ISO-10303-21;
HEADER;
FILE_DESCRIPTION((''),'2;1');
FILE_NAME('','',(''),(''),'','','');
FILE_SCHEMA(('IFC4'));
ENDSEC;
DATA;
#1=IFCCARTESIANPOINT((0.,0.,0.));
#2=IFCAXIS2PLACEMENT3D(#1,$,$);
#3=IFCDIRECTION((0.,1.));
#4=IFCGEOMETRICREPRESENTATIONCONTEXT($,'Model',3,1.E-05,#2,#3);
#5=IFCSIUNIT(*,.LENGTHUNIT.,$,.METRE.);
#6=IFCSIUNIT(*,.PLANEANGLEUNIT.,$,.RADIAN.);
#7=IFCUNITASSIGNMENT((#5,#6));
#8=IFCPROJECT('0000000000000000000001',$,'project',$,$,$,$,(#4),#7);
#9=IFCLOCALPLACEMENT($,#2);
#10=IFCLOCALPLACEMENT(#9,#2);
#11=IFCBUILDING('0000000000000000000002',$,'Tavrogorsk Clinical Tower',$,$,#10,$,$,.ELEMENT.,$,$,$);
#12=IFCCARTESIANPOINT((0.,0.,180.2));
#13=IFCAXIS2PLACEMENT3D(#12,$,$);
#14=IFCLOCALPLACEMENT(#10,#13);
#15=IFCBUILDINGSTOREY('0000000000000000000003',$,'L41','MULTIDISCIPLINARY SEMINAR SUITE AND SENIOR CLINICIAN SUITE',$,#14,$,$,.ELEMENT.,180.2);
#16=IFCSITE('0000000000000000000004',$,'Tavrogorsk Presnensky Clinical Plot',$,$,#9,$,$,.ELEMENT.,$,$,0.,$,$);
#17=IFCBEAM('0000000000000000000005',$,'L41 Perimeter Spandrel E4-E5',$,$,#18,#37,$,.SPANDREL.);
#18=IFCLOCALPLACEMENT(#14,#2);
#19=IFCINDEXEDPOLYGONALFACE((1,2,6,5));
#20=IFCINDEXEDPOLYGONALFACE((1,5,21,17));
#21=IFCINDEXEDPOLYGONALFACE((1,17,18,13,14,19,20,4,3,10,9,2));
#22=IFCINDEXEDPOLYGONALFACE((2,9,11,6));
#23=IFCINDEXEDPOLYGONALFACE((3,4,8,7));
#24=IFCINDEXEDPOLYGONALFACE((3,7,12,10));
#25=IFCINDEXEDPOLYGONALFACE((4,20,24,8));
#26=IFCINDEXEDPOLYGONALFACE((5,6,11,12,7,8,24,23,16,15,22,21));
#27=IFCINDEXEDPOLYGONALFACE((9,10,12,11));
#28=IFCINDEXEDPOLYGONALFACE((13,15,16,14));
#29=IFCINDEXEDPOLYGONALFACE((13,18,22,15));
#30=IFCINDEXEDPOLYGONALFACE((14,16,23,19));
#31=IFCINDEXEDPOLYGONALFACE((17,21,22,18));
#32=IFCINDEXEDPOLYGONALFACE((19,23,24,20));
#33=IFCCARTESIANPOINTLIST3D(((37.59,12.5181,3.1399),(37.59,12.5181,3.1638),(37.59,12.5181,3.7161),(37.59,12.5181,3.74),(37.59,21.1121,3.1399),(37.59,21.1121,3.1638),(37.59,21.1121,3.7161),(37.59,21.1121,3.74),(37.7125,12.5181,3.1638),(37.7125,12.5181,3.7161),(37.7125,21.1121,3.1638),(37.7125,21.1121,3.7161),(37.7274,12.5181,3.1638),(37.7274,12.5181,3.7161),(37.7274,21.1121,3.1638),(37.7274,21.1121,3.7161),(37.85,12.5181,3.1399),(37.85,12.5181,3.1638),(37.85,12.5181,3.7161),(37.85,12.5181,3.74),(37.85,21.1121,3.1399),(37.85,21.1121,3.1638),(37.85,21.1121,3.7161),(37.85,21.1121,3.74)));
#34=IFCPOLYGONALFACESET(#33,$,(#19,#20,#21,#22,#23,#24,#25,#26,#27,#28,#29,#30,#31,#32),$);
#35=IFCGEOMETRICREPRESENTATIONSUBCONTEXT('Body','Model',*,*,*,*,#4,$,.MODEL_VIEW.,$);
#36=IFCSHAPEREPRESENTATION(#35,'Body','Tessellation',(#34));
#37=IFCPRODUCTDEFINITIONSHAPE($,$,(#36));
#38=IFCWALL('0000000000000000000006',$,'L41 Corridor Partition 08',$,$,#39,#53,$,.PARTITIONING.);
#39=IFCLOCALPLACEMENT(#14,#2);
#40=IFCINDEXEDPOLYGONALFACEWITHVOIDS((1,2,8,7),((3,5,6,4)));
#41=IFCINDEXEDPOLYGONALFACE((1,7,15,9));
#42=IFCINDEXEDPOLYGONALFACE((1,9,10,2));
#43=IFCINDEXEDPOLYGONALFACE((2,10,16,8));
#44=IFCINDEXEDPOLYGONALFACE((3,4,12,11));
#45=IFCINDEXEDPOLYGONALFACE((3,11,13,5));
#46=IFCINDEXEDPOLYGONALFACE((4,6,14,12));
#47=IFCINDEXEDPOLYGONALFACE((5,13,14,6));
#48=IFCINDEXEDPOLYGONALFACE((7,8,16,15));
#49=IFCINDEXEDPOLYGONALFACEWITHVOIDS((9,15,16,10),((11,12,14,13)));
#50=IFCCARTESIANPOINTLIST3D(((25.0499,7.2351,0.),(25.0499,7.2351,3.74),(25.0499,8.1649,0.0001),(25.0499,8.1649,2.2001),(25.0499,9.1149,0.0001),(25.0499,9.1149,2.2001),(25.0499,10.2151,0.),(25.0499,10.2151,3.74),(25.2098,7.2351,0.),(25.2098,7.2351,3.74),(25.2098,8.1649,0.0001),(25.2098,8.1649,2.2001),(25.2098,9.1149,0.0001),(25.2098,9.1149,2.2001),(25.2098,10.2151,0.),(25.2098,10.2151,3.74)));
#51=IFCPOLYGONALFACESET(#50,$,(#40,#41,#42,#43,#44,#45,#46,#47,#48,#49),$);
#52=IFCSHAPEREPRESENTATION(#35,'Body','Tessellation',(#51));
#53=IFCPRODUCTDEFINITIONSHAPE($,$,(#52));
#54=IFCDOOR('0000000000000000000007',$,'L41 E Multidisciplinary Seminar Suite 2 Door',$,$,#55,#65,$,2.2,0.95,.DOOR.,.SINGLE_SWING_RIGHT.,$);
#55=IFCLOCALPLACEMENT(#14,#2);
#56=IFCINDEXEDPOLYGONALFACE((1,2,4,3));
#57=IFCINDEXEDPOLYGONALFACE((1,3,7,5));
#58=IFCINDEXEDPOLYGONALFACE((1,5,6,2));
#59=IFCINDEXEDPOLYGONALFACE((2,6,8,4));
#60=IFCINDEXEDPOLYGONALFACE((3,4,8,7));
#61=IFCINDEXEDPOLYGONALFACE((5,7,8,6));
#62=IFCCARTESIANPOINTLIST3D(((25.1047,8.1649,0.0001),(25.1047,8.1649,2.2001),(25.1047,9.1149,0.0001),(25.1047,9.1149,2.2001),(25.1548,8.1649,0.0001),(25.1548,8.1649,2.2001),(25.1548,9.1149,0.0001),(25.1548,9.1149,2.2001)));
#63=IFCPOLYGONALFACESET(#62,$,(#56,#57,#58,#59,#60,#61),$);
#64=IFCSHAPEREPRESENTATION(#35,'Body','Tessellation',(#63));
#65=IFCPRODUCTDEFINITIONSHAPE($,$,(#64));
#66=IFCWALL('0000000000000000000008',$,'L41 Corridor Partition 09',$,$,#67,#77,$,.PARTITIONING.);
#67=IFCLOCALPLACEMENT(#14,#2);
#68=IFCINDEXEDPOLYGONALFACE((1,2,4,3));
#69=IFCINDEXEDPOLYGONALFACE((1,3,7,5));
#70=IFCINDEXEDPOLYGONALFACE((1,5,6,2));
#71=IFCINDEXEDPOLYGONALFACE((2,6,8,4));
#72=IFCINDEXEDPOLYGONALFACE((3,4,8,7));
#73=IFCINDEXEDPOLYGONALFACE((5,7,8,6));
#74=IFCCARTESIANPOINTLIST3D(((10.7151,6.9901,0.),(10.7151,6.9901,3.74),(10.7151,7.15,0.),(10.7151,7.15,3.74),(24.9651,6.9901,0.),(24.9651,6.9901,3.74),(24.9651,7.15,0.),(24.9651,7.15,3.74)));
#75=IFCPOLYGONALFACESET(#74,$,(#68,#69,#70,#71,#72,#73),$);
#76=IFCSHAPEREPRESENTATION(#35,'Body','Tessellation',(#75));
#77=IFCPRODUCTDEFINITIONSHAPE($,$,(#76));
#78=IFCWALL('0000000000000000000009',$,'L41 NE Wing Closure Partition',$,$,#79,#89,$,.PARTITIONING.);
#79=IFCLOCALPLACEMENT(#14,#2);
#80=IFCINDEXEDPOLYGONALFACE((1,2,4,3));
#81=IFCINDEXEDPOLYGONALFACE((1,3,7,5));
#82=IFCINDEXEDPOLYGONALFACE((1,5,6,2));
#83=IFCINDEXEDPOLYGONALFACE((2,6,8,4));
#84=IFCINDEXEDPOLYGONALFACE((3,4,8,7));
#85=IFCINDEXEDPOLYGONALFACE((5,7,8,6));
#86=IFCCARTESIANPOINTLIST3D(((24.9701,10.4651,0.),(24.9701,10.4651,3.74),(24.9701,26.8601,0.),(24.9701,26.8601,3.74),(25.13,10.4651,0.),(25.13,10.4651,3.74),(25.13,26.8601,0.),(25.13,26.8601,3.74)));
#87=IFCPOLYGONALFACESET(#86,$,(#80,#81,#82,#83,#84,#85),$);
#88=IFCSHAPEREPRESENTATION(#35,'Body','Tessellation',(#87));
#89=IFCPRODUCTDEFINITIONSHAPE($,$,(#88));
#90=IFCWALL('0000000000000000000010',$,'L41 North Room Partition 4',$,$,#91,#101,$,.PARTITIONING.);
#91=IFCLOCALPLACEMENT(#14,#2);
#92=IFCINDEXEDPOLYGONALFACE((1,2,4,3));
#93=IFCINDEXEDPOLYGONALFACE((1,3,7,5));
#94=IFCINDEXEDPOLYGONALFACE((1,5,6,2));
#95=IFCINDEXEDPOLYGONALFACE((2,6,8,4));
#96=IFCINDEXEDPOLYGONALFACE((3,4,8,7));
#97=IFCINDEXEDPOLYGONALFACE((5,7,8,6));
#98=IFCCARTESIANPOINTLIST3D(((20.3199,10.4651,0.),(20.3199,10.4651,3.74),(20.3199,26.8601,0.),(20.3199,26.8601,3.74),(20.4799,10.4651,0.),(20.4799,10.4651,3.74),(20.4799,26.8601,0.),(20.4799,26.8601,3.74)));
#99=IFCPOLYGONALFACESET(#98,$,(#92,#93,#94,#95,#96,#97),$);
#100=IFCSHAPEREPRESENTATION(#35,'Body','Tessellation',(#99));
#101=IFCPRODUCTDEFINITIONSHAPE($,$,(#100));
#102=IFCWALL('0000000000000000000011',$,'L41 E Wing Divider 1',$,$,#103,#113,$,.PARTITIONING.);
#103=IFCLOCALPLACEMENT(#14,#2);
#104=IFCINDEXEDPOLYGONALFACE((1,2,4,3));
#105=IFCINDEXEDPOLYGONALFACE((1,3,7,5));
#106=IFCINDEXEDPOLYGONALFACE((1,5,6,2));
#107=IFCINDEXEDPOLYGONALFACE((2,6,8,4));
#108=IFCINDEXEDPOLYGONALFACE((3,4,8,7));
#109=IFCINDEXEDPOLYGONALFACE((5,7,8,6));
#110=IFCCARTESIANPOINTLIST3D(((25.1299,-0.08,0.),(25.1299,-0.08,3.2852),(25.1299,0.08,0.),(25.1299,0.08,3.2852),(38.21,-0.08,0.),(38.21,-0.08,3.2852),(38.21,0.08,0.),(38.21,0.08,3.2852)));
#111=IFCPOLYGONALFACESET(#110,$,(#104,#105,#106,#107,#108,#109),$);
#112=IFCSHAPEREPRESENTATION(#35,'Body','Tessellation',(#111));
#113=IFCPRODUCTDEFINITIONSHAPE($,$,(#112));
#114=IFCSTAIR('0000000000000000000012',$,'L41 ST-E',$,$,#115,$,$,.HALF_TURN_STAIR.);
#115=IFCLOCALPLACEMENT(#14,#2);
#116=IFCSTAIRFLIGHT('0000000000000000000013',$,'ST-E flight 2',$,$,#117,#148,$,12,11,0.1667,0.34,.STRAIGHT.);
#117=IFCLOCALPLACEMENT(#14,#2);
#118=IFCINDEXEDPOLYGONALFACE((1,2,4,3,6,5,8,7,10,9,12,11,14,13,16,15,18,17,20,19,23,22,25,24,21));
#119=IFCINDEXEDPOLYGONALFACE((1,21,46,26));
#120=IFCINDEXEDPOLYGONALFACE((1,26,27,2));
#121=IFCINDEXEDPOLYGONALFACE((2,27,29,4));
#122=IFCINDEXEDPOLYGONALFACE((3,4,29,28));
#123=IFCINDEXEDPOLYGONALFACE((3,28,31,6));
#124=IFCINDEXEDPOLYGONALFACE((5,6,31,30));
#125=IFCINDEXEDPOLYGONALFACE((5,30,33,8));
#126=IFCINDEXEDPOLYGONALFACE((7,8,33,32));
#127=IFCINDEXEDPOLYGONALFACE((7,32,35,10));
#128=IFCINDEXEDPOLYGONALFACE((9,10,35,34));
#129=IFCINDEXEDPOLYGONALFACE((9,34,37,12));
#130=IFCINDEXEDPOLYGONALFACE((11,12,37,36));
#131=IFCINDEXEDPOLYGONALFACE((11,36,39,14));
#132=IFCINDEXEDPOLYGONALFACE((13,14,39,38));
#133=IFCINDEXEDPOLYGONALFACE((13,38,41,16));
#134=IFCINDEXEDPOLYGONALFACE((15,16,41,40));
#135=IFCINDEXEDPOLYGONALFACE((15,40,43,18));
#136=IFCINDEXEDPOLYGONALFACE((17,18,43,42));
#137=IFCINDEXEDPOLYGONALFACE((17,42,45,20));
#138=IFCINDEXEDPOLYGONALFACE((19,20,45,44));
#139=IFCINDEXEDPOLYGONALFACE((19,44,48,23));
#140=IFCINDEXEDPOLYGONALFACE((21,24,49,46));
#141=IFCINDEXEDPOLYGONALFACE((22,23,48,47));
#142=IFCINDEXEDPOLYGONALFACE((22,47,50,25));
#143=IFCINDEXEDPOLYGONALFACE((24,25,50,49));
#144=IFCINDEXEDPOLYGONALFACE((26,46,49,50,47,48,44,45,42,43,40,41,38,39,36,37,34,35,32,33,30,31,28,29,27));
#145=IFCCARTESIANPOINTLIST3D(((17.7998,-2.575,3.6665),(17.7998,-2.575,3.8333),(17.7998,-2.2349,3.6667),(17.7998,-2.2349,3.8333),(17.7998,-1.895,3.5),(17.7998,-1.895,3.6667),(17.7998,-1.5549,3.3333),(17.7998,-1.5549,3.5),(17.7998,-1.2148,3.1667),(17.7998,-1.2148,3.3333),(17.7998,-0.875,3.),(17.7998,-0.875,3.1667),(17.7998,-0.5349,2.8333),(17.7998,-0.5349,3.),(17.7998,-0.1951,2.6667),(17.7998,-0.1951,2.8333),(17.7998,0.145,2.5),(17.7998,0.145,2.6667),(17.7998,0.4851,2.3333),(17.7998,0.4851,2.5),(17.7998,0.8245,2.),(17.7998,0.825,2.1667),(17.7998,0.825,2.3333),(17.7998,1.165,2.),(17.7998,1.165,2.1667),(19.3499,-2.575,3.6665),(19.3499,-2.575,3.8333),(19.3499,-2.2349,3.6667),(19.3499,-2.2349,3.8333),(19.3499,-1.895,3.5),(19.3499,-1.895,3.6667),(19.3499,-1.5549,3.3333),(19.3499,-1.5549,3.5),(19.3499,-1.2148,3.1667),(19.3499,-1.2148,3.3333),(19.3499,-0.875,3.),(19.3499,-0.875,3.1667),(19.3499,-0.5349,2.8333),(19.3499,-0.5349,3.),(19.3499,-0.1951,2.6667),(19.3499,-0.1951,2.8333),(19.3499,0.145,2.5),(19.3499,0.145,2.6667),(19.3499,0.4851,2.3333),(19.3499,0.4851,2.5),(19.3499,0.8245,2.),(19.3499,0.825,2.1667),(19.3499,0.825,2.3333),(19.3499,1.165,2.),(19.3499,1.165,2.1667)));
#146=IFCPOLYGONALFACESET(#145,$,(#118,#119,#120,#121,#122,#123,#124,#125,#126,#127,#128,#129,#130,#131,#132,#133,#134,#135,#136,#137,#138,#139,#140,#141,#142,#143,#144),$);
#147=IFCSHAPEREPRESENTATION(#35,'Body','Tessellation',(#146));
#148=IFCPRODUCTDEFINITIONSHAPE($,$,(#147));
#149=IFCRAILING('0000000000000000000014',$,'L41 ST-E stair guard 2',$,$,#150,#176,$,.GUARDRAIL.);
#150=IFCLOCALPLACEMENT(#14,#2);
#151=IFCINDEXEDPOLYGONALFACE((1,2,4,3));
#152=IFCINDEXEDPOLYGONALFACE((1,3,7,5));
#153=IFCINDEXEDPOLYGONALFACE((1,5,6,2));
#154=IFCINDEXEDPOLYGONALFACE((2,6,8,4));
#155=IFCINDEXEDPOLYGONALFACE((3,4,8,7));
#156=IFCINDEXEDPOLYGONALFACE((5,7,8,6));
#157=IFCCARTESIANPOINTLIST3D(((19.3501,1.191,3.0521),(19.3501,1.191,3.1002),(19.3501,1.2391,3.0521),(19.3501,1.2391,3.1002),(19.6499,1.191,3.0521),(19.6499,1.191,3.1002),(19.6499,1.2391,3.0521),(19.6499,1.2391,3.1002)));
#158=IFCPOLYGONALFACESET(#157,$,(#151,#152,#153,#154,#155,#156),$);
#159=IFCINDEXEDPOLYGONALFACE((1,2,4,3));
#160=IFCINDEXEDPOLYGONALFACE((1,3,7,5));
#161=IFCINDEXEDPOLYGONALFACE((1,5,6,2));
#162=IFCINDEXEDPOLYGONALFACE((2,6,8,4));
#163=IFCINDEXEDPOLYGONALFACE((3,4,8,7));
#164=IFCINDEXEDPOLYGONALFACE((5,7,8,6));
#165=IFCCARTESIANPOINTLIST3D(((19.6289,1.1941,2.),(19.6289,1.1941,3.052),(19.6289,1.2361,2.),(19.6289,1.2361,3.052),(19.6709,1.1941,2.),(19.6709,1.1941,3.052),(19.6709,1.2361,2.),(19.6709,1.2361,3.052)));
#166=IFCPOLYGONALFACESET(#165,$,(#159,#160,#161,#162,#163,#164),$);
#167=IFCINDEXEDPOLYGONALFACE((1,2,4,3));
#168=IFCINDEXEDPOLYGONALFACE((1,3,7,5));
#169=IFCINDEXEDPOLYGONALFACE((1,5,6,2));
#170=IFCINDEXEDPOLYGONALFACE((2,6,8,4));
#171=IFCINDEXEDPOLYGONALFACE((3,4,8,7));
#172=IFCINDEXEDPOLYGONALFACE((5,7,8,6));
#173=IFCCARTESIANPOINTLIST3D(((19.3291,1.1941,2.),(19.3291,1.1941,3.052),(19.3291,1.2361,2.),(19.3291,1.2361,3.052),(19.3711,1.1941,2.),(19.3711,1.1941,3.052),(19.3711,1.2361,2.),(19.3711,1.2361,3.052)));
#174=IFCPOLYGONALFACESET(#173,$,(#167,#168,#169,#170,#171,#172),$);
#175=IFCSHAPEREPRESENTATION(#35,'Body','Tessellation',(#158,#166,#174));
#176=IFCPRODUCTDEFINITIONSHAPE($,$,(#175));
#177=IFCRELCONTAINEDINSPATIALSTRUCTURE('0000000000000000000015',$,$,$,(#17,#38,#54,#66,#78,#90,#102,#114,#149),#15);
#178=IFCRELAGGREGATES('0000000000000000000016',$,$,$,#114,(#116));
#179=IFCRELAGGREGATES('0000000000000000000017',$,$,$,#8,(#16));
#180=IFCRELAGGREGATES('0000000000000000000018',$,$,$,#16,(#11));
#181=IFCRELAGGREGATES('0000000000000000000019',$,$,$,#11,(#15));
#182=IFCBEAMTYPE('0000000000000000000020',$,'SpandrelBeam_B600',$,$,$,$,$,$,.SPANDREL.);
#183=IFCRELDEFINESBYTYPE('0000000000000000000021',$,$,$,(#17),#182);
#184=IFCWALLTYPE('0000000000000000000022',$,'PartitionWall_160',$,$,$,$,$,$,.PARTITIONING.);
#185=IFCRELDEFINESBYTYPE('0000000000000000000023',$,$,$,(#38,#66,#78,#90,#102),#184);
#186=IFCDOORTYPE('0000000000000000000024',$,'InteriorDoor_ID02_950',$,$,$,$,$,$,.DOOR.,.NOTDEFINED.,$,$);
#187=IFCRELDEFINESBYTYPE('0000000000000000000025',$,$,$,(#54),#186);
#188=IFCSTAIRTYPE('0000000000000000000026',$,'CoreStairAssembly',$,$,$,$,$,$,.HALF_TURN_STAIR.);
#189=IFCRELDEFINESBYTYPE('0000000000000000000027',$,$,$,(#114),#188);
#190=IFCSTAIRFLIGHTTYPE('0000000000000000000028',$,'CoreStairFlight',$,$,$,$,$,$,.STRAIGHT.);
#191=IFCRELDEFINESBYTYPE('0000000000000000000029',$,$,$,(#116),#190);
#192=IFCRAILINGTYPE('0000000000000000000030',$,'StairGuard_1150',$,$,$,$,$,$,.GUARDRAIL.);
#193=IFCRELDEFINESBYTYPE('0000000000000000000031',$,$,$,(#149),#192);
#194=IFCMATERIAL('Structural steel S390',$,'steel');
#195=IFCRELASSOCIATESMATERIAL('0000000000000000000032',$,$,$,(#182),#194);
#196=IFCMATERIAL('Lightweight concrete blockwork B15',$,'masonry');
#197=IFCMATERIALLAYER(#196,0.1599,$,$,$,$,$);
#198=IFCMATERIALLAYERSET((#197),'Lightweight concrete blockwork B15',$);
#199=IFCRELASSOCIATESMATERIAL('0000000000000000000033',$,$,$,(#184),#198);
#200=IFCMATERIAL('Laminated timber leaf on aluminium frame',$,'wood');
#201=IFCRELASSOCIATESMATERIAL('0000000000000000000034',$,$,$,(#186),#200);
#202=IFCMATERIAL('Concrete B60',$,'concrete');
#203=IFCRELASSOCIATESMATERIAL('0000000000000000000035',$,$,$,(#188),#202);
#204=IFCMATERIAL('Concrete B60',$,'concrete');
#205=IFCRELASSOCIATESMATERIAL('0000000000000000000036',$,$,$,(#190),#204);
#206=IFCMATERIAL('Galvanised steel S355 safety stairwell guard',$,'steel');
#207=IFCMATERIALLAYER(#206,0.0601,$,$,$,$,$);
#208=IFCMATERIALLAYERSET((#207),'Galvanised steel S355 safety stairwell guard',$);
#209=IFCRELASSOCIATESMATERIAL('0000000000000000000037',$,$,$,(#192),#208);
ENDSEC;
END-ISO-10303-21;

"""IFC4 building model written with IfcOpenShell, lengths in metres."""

from ifc_helpers import new_model, si_unit, direction, frame, frame_2d, origin, origin_2d, place, context, subcontext, project, spatial, polyline, rectangle, i_section, outline, extrude, material, layer, layer_set, material_profile, profile_set, type_object, element, fill, aggregate, save


model = new_model("IFC4")

# Units and contexts
model_context = context("Model", 3, precision=1e-05, world=origin(), true_north=direction((0.0, 1.0)))
body_context = subcontext(model_context, "Body", "Model", "MODEL_VIEW")
ifc_project = project(units=[si_unit("LENGTHUNIT", "METRE"), si_unit("PLANEANGLEUNIT", "RADIAN")], contexts=[model_context])

# Site, building, storey
site_placement = place(None, origin())
site = spatial("IfcSite", under=ifc_project, at=site_placement, Name="Tavrogorsk Presnensky Clinical Plot", CompositionType="ELEMENT", RefElevation=0.0)
building_placement = place(site_placement, origin())
building = spatial("IfcBuilding", under=site, at=building_placement, Name="Tavrogorsk Clinical Tower", CompositionType="ELEMENT")
storey_placement = place(building_placement, frame((0.0, 0.0, 180.2)))
storey = spatial("IfcBuildingStorey", under=building, at=storey_placement, Name="L41", Description="MULTIDISCIPLINARY SEMINAR SUITE AND SENIOR CLINICIAN SUITE", CompositionType="ELEMENT", Elevation=180.2)

# Beam
ifc_material_1 = material(Name="Structural steel S390", Category="steel")
ifc_material_profile_1 = material_profile(ifc_material_1, i_section(OverallWidth=0.26, OverallDepth=0.6001, WebThickness=0.0149, FlangeThickness=0.0239, at=origin_2d()), Name="B-600x260x15x24")
ifc_profile_set_1 = profile_set([ifc_material_profile_1], Name="Structural steel S390")
beam_type_1 = type_object("IfcBeamType", Name="SpandrelBeam_B600", PredefinedType="SPANDREL", material=ifc_profile_set_1)
for number, where, z_axis, x_axis, name in (
    (1, (37.72, 12.5181, 3.4399), (0.0, 1.0, 0.0), (-1.0, 0.0, 0.0), "L41 Perimeter Spandrel E4-E5"),
):
    element("IfcBeam", number, at=place(storey_placement, frame(where, z_axis=z_axis, x_axis=x_axis)), inside=storey, type_object=beam_type_1, Name=name, PredefinedType="SPANDREL", context=body_context, shape_type="SweptSolid", body=[
        extrude(i_section(OverallWidth=0.26, OverallDepth=0.6001, WebThickness=0.0149, FlangeThickness=0.0239, at=origin_2d()), origin(), (0.0, 0.0, 1.0), 8.594),
    ])

# Wall, opening, door
ifc_material_2 = material(Name="Lightweight concrete blockwork B15", Category="masonry")
ifc_layer_1 = layer(ifc_material_2, 0.1599)
ifc_layer_set_1 = layer_set([ifc_layer_1], Name="Lightweight concrete blockwork B15")
wall_type = type_object("IfcWallType", Name="PartitionWall_160", PredefinedType="PARTITIONING", material=ifc_layer_set_1)
wall_1_placement = place(storey_placement, frame((25.1299, 10.2151, 0.0), z_axis=(0.0, 0.0, 1.0), x_axis=(0.0, -1.0, 0.0)))
wall_1 = element("IfcWall", 2, at=wall_1_placement, inside=storey, type_object=wall_type, Name="L41 Corridor Partition 08", PredefinedType="PARTITIONING", context=body_context, shape_type="SweptSolid", body=[
    extrude(rectangle(XDim=2.98, YDim=0.1599, at=frame_2d((1.49, 0.0))), origin(), (0.0, 0.0, 1.0), 3.74),
])
opening_placement = place(wall_1_placement, frame((1.1001, 0.0, 0.0)))
opening = element("IfcOpeningElement", 3, at=opening_placement, cuts=wall_1, PredefinedType="OPENING", context=body_context, shape_type="SweptSolid", body=[
    extrude(rectangle(XDim=0.95, YDim=2.2, at=frame_2d((0.4751, 1.1001))), frame((0.0, 0.0898, 0.0), z_axis=(0.0, -1.0, 0.0), x_axis=(1.0, 0.0, 0.0)), (0.0, 0.0, 1.0), 0.1799),
])
ifc_material_3 = material(Name="Laminated timber leaf on aluminium frame", Category="wood")
door_type = type_object("IfcDoorType", Name="InteriorDoor_ID02_950", OperationType="NOTDEFINED", PredefinedType="DOOR", material=ifc_material_3)
door_placement = place(opening_placement, origin())
door = element("IfcDoor", 4, at=door_placement, inside=storey, type_object=door_type, Name="L41 E Multidisciplinary Seminar Suite 2 Door", OperationType="SINGLE_SWING_RIGHT", OverallHeight=2.2, OverallWidth=0.95, PredefinedType="DOOR", context=body_context, shape_type="SweptSolid", body=[
    extrude(rectangle(XDim=0.95, YDim=2.2, at=frame_2d((0.4751, 1.1001))), frame((0.0, 0.0249, 0.0), z_axis=(0.0, -1.0, 0.0), x_axis=(1.0, 0.0, 0.0)), (0.0, 0.0, 1.0), 0.05),
])
fill(opening, door)

# Walls
wall_2_placement = place(storey_placement, frame((24.9651, 7.0701, 0.0), z_axis=(0.0, 0.0, 1.0), x_axis=(-1.0, 0.0, 0.0)))
element("IfcWall", 5, at=wall_2_placement, inside=storey, type_object=wall_type, Name="L41 Corridor Partition 09", PredefinedType="PARTITIONING", context=body_context, shape_type="SweptSolid", body=[
    extrude(rectangle(XDim=14.25, YDim=0.1599, at=frame_2d((7.125, 0.0))), origin(), (0.0, 0.0, 1.0), 3.74),
])
for number, where, z_axis, x_axis, name in (
    (6, (25.05, 10.4651, 0.0), (0.0, 0.0, 1.0), (0.0, 1.0, 0.0), "L41 NE Wing Closure Partition"),
    (7, (20.3999, 10.4651, 0.0), (0.0, 0.0, 1.0), (0.0, 1.0, 0.0), "L41 North Room Partition 4"),
):
    element("IfcWall", number, at=place(storey_placement, frame(where, z_axis=z_axis, x_axis=x_axis)), inside=storey, type_object=wall_type, Name=name, PredefinedType="PARTITIONING", context=body_context, shape_type="SweptSolid", body=[
        extrude(rectangle(XDim=16.395, YDim=0.1599, at=frame_2d((8.1975, 0.0))), origin(), (0.0, 0.0, 1.0), 3.74),
    ])
wall_3_placement = place(storey_placement, frame((25.1299, 0.0, 0.0), z_axis=(0.0, 0.0, 1.0), x_axis=(1.0, 0.0, 0.0)))
element("IfcWall", 8, at=wall_3_placement, inside=storey, type_object=wall_type, Name="L41 E Wing Divider 1", PredefinedType="PARTITIONING", context=body_context, shape_type="SweptSolid", body=[
    extrude(rectangle(XDim=13.0801, YDim=0.1599, at=frame_2d((6.54, 0.0))), origin(), (0.0, 0.0, 1.0), 3.2852),
])

# Stair, stair flight
ifc_material_4 = material(Name="Concrete B60", Category="concrete")
stair_type = type_object("IfcStairType", Name="CoreStairAssembly", PredefinedType="HALF_TURN_STAIR", material=ifc_material_4)
stair_placement = place(storey_placement, origin())
stair = element("IfcStair", 9, at=stair_placement, inside=storey, type_object=stair_type, Name="L41 ST-E", PredefinedType="HALF_TURN_STAIR")
ifc_material_5 = material(Name="Concrete B60", Category="concrete")
stair_flight_type = type_object("IfcStairFlightType", Name="CoreStairFlight", PredefinedType="STRAIGHT", material=ifc_material_5)
stair_flight_placement = place(storey_placement, frame((18.575, 1.165, 2.0), z_axis=(0.0, 0.0, 1.0), x_axis=(0.0, -1.0, 0.0)))
stair_flight = element("IfcStairFlight", 10, at=stair_flight_placement, type_object=stair_flight_type, Name="ST-E flight 2", NumberOfRisers=12, NumberOfTreads=11, PredefinedType="STRAIGHT", RiserHeight=0.1667, TreadLength=0.34, context=body_context, shape_type="SweptSolid", body=[
    extrude(outline(polyline([(0.0, 0.0), (0.0, 0.1667), (0.3401, 0.1667), (0.3401, 0.3333), (0.6799, 0.3333), (0.6799, 0.5), (1.02, 0.5), (1.02, 0.6667), (1.3601, 0.6667), (1.3601, 0.8333), (1.7, 0.8333), (1.7, 1.0), (2.04, 1.0), (2.04, 1.1667), (2.3799, 1.1667), (2.3799, 1.3333), (2.72, 1.3333), (2.72, 1.5), (3.0601, 1.5), (3.0601, 1.6667), (3.3999, 1.6667), (3.3999, 1.8333), (3.74, 1.8333), (3.74, 2.0), (3.74, 1.6665), (0.3406, 0.0), (0.0, 0.0)])), frame((0.0, 0.7749, 0.0), z_axis=(0.0, -1.0, 0.0), x_axis=(1.0, 0.0, 0.0)), (0.0, 0.0, 1.0), 1.55),
])
aggregate(stair, [stair_flight])

# Railing
ifc_material_6 = material(Name="Galvanised steel S355 safety stairwell guard", Category="steel")
ifc_layer_2 = layer(ifc_material_6, 0.0601)
ifc_layer_set_2 = layer_set([ifc_layer_2], Name="Galvanised steel S355 safety stairwell guard")
railing_type_1 = type_object("IfcRailingType", Name="StairGuard_1150", PredefinedType="GUARDRAIL", material=ifc_layer_set_2)
railing_1_placement = place(storey_placement, frame((19.6499, 1.2151, 2.0)))
element("IfcRailing", 11, at=railing_1_placement, inside=storey, type_object=railing_type_1, Name="L41 ST-E stair guard 2", PredefinedType="GUARDRAIL", context=body_context, shape_type="SweptSolid", body=[
    extrude(rectangle(XDim=0.0481, YDim=0.0481, at=origin_2d()), frame((0.0, 0.0, 1.0762), z_axis=(-1.0, 0.0, 0.0), x_axis=(0.0, -1.0, 0.0)), (0.0, 0.0, 1.0), 0.2998),
    extrude(rectangle(XDim=0.042, YDim=0.042, at=origin_2d()), origin(), (0.0, 0.0, 1.0), 1.052),
    extrude(rectangle(XDim=0.042, YDim=0.042, at=origin_2d()), frame((-0.2998, 0.0, 0.0)), (0.0, 0.0, 1.0), 1.052),
])

save(model, "model.ifc")
